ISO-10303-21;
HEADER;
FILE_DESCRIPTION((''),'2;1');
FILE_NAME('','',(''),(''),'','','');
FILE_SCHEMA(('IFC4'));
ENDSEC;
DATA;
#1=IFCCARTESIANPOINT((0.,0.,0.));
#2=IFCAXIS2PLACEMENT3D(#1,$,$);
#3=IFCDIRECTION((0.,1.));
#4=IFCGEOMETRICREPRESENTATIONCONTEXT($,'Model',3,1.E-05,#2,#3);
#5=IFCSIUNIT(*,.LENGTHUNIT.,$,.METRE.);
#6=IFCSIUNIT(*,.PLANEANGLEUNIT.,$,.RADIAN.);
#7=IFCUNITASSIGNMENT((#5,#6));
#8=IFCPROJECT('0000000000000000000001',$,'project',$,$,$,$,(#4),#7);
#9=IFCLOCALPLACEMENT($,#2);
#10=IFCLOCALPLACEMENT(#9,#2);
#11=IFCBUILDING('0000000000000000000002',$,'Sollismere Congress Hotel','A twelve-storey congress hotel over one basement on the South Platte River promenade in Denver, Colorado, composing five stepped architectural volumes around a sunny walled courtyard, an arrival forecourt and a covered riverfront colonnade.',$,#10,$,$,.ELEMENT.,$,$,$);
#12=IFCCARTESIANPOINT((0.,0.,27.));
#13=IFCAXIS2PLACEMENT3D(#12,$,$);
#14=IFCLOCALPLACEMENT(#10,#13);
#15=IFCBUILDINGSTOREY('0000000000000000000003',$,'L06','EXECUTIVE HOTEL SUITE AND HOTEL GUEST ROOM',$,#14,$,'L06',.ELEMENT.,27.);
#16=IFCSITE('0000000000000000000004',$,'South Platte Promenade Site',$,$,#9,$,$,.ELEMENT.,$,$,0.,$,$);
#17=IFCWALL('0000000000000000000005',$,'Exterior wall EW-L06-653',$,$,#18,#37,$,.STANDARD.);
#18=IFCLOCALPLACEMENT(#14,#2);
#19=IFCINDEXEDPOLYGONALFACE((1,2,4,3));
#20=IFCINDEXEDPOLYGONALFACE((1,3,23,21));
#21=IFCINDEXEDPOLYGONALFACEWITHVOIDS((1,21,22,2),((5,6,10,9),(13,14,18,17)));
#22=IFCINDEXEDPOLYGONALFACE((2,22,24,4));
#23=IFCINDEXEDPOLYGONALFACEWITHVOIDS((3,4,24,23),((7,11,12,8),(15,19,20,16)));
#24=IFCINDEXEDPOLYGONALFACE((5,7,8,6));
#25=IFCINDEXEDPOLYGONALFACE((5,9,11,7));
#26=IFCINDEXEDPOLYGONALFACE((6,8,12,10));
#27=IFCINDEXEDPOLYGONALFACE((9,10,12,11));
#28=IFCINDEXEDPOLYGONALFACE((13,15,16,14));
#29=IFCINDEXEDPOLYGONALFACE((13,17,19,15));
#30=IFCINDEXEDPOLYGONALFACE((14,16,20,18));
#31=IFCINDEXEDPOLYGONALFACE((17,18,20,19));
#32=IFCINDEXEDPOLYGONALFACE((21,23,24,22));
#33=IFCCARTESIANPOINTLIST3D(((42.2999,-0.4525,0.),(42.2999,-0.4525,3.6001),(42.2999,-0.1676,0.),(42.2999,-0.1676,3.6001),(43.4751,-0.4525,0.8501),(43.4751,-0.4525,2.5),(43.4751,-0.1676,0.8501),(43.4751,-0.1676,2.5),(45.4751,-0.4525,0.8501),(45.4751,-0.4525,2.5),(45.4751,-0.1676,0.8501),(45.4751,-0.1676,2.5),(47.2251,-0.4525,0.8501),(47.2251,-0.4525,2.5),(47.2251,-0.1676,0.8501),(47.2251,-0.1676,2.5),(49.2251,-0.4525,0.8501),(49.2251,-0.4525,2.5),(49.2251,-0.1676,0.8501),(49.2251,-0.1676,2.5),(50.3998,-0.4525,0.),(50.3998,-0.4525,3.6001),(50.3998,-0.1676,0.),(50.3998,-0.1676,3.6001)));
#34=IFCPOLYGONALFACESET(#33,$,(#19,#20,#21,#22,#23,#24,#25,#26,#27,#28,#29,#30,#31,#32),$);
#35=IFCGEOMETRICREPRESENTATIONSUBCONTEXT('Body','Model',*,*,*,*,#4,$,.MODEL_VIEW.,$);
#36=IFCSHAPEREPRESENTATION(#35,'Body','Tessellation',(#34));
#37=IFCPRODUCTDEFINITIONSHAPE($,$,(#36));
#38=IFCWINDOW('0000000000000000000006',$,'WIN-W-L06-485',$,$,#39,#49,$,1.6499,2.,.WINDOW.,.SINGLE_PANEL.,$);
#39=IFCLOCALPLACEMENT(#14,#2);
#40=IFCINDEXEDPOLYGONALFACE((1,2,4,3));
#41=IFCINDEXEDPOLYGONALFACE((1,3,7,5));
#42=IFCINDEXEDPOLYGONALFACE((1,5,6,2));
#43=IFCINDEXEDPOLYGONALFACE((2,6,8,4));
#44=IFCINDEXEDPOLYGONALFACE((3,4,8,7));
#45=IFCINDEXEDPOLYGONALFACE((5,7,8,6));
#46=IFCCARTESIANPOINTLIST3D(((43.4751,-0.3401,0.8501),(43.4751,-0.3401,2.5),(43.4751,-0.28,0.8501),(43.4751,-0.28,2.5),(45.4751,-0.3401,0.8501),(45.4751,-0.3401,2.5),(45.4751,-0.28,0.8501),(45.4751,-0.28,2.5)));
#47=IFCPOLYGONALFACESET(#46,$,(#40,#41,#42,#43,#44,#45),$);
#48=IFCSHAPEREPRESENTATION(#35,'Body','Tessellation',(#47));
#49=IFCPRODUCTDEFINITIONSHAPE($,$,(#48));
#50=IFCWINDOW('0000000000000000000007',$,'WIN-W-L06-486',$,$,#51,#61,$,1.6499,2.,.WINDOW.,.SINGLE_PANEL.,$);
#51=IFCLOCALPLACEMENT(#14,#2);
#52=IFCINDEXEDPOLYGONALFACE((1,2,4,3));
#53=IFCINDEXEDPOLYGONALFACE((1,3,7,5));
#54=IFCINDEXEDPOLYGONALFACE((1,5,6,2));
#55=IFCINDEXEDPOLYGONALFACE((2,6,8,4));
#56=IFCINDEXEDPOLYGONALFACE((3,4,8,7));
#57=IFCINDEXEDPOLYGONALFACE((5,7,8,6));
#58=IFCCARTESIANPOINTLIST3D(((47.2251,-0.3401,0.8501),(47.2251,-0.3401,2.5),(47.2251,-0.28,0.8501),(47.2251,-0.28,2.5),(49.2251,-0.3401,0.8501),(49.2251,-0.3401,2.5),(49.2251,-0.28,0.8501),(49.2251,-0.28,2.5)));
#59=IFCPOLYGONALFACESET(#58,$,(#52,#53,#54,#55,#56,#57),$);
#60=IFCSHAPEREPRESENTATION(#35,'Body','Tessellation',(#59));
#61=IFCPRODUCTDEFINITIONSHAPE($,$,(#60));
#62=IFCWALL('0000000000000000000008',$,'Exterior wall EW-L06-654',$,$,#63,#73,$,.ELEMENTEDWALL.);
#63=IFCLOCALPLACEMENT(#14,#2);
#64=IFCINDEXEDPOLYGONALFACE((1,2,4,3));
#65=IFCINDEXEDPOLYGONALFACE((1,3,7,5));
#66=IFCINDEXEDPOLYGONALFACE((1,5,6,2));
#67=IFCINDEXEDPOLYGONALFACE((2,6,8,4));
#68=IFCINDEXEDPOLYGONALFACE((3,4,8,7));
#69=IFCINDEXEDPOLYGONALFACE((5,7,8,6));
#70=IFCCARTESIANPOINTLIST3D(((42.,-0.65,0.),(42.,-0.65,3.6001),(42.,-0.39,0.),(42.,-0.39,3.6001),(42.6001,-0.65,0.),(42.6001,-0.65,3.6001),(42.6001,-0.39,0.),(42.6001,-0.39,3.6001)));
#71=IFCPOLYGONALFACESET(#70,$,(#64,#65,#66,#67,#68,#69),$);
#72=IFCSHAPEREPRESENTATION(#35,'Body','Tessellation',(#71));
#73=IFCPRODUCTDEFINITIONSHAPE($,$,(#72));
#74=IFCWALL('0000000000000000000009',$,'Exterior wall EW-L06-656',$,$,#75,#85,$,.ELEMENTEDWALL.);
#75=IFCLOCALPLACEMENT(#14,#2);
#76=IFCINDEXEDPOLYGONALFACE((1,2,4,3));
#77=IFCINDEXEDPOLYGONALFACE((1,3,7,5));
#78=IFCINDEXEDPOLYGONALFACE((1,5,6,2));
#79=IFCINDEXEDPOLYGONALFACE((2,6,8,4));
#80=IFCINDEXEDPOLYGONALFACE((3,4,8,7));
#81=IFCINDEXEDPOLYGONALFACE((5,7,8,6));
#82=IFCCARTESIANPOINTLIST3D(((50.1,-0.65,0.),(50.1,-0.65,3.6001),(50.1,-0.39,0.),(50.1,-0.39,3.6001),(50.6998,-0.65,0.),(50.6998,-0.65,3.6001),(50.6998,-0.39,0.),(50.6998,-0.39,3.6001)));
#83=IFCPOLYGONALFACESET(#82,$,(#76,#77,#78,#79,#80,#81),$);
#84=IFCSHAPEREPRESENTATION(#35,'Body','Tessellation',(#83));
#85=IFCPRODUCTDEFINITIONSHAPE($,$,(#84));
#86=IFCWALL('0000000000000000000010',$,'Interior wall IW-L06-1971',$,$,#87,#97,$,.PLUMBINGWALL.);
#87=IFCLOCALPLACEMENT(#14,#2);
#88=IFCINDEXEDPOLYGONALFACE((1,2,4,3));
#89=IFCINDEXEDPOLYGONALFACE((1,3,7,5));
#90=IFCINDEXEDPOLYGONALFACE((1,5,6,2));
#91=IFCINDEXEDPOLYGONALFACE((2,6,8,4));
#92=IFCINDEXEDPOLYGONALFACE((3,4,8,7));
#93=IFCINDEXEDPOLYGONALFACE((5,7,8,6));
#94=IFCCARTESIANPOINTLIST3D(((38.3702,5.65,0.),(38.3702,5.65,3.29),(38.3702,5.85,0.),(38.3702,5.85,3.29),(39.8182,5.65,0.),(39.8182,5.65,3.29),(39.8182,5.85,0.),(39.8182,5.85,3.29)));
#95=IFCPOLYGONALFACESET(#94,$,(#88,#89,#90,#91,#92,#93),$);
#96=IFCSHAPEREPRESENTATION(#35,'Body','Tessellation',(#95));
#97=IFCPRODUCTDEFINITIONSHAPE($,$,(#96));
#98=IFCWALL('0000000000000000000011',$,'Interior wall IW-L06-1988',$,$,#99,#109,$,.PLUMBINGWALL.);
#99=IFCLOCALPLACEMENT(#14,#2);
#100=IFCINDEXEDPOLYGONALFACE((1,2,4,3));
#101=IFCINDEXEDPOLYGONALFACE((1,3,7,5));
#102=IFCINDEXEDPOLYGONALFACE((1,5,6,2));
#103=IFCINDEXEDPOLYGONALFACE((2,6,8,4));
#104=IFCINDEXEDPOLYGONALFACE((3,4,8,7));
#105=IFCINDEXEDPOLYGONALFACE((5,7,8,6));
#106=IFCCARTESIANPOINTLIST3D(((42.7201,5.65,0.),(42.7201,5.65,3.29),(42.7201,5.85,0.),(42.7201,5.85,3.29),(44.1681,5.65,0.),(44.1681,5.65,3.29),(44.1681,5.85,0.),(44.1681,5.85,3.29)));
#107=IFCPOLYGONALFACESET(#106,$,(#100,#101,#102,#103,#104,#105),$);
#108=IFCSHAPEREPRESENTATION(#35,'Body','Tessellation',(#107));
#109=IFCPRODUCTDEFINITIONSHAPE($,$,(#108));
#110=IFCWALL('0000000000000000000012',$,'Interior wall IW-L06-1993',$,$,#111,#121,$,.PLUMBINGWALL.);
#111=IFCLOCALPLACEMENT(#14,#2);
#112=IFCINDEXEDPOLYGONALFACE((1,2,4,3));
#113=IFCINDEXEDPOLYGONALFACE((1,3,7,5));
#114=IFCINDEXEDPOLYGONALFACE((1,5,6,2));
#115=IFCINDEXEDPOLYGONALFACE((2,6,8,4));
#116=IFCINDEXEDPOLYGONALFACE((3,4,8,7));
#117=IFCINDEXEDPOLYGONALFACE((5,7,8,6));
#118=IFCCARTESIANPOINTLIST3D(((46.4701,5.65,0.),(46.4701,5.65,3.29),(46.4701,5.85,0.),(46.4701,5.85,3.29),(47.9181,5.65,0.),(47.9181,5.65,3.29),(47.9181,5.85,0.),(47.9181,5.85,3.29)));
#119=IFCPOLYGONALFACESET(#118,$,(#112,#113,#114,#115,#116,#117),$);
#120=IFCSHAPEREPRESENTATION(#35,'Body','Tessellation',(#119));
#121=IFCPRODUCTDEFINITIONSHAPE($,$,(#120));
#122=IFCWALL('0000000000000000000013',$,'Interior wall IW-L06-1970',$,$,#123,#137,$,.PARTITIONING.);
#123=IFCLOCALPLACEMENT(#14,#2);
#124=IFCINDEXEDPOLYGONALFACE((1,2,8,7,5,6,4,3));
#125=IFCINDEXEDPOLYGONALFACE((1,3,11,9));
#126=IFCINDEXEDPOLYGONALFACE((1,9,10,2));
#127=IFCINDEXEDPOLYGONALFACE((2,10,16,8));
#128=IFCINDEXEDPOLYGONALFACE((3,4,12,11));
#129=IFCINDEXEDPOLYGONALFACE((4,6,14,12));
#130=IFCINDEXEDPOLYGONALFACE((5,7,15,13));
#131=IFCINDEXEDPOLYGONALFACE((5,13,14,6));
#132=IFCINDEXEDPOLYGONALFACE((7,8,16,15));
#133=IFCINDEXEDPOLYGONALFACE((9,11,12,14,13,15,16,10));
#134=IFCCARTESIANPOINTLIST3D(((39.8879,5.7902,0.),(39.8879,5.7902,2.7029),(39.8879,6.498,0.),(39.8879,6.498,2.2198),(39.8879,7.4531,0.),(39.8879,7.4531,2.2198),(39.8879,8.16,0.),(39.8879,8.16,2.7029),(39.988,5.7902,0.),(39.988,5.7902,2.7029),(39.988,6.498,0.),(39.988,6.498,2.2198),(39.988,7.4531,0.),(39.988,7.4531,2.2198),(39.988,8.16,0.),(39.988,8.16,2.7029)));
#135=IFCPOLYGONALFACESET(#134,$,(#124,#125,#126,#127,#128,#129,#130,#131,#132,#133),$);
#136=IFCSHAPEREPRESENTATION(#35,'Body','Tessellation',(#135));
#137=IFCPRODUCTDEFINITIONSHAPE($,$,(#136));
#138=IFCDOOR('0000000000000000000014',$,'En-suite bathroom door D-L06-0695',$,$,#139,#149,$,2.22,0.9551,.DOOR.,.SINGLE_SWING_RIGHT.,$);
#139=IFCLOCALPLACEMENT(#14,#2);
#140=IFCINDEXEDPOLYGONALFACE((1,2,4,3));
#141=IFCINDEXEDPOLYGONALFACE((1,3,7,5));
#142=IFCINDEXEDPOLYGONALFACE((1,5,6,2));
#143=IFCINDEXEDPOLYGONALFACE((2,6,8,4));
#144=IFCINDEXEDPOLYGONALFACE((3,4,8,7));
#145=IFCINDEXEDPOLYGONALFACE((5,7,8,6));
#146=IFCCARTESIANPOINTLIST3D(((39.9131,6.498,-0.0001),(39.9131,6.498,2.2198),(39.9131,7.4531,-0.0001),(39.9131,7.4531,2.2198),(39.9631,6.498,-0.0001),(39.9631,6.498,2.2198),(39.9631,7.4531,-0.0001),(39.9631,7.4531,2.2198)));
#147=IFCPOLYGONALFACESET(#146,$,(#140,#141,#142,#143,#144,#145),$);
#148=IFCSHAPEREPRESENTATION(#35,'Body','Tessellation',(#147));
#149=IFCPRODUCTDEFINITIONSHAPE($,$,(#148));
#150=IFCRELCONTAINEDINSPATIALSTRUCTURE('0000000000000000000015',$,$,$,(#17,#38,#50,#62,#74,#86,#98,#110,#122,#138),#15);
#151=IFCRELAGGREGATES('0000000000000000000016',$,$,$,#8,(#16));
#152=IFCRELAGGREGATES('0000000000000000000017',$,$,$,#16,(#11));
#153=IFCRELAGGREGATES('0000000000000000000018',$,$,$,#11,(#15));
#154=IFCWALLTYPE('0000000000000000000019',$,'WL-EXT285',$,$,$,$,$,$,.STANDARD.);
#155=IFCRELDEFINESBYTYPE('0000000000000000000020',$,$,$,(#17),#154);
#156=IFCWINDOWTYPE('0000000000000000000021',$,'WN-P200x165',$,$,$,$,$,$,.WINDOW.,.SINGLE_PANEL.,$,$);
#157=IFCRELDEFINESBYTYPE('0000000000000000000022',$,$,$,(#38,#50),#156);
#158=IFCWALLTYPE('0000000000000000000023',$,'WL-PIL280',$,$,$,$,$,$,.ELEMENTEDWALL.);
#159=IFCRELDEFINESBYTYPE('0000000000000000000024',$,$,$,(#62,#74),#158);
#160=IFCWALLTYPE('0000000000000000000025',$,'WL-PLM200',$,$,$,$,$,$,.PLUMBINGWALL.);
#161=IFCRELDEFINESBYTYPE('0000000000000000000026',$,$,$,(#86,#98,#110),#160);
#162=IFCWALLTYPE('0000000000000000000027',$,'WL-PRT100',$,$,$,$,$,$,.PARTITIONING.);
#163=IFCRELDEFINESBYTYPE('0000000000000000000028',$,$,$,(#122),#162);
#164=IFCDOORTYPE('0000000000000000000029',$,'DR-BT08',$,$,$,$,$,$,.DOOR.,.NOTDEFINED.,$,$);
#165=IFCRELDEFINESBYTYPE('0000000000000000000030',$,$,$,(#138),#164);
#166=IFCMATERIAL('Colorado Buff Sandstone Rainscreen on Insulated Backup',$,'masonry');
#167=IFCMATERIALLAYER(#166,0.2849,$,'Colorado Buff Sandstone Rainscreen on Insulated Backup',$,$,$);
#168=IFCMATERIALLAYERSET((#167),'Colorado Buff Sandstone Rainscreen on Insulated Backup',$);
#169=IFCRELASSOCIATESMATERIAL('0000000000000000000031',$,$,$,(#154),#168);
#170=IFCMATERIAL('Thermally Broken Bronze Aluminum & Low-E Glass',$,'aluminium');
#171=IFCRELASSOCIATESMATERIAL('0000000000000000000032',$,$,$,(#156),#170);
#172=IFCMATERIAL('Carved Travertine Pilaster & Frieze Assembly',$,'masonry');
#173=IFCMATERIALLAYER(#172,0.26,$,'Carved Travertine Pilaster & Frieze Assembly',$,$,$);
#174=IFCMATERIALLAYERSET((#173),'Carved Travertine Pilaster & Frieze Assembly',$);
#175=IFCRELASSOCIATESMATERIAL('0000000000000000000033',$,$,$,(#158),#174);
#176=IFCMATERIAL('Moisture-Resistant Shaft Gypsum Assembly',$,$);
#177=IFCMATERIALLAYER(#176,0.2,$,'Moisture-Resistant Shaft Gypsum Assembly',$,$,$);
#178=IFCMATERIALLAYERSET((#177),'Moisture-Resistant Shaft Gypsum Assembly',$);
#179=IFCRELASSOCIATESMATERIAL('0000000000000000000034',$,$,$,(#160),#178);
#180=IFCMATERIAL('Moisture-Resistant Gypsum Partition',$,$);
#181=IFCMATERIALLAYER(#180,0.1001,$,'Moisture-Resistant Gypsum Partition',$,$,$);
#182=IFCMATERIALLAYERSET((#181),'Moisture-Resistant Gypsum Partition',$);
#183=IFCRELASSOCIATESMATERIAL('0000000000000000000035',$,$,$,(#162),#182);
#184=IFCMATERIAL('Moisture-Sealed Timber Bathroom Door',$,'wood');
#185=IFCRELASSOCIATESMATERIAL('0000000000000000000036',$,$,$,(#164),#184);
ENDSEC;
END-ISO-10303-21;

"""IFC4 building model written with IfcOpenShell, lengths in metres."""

from ifc_helpers import new_model, si_unit, direction, frame, frame_2d, origin, place, context, subcontext, project, spatial, rectangle, extrude, material, layer, layer_set, type_object, element, fill, save


model = new_model("IFC4")

# Units and contexts
model_context = context("Model", 3, precision=1e-05, world=origin(), true_north=direction((0.0, 1.0)))
body_context = subcontext(model_context, "Body", "Model", "MODEL_VIEW")
ifc_project = project(units=[si_unit("LENGTHUNIT", "METRE"), si_unit("PLANEANGLEUNIT", "RADIAN")], contexts=[model_context])

# Site, building, storey
site_placement = place(None, origin())
site = spatial("IfcSite", under=ifc_project, at=site_placement, Name="South Platte Promenade Site", CompositionType="ELEMENT", RefElevation=0.0)
building_placement = place(site_placement, origin())
building = spatial("IfcBuilding", under=site, at=building_placement, Name="Sollismere Congress Hotel", Description="A twelve-storey congress hotel over one basement on the South Platte River promenade in Denver, Colorado, composing five stepped architectural volumes around a sunny walled courtyard, an arrival forecourt and a covered riverfront colonnade.", CompositionType="ELEMENT")
storey_placement = place(building_placement, frame((0.0, 0.0, 27.0)))
storey = spatial("IfcBuildingStorey", under=building, at=storey_placement, Name="L06", Description="EXECUTIVE HOTEL SUITE AND HOTEL GUEST ROOM", LongName="L06", CompositionType="ELEMENT", Elevation=27.0)

# Wall, openings, windows
ifc_material_1 = material(Name="Colorado Buff Sandstone Rainscreen on Insulated Backup", Category="masonry")
ifc_layer_1 = layer(ifc_material_1, 0.2849, Name="Colorado Buff Sandstone Rainscreen on Insulated Backup")
ifc_layer_set_1 = layer_set([ifc_layer_1], Name="Colorado Buff Sandstone Rainscreen on Insulated Backup")
wall_type_1 = type_object("IfcWallType", Name="WL-EXT285", PredefinedType="STANDARD", material=ifc_layer_set_1)
wall_1_placement = place(storey_placement, frame((42.3, -0.3101, 0.0), z_axis=(0.0, 0.0, 1.0), x_axis=(1.0, 0.0, 0.0)))
wall_1 = element("IfcWall", 1, at=wall_1_placement, inside=storey, type_object=wall_type_1, Name="Exterior wall EW-L06-653", PredefinedType="STANDARD", context=body_context, shape_type="SweptSolid", body=[
    extrude(rectangle(XDim=8.0999, YDim=0.2849, at=frame_2d((4.0498, 0.0))), origin(), (0.0, 0.0, 1.0), 3.6001),
])
opening_1_placement = place(wall_1_placement, frame((1.175, 0.0, 0.8501)))
opening_1 = element("IfcOpeningElement", 2, at=opening_1_placement, cuts=wall_1, PredefinedType="OPENING", context=body_context, shape_type="SweptSolid", body=[
    extrude(rectangle(XDim=2.0, YDim=1.6499, at=frame_2d((1.0, 0.825))), frame((0.0, 0.1523, 0.0), z_axis=(0.0, -1.0, 0.0), x_axis=(1.0, 0.0, 0.0)), (0.0, 0.0, 1.0), 0.3049),
])
opening_2_placement = place(wall_1_placement, frame((4.925, 0.0, 0.8501)))
opening_2 = element("IfcOpeningElement", 3, at=opening_2_placement, cuts=wall_1, PredefinedType="OPENING", context=body_context, shape_type="SweptSolid", body=[
    extrude(rectangle(XDim=2.0, YDim=1.6499, at=frame_2d((1.0, 0.825))), frame((0.0, 0.1523, 0.0), z_axis=(0.0, -1.0, 0.0), x_axis=(1.0, 0.0, 0.0)), (0.0, 0.0, 1.0), 0.3049),
])
ifc_material_2 = material(Name="Thermally Broken Bronze Aluminum & Low-E Glass", Category="aluminium")
window_type = type_object("IfcWindowType", Name="WN-P200x165", PartitioningType="SINGLE_PANEL", PredefinedType="WINDOW", material=ifc_material_2)
window_1_placement = place(opening_1_placement, origin())
window_1 = element("IfcWindow", 4, at=window_1_placement, inside=storey, type_object=window_type, Name="WIN-W-L06-485", OverallHeight=1.6499, OverallWidth=2.0, PartitioningType="SINGLE_PANEL", PredefinedType="WINDOW", context=body_context, shape_type="SweptSolid", body=[
    extrude(rectangle(XDim=2.0, YDim=1.6499, at=frame_2d((1.0, 0.825))), frame((0.0, 0.03, 0.0), z_axis=(0.0, -1.0, 0.0), x_axis=(1.0, 0.0, 0.0)), (0.0, 0.0, 1.0), 0.0601),
])
fill(opening_1, window_1)
window_2_placement = place(opening_2_placement, origin())
window_2 = element("IfcWindow", 5, at=window_2_placement, inside=storey, type_object=window_type, Name="WIN-W-L06-486", OverallHeight=1.6499, OverallWidth=2.0, PartitioningType="SINGLE_PANEL", PredefinedType="WINDOW", context=body_context, shape_type="SweptSolid", body=[
    extrude(rectangle(XDim=2.0, YDim=1.6499, at=frame_2d((1.0, 0.825))), frame((0.0, 0.03, 0.0), z_axis=(0.0, -1.0, 0.0), x_axis=(1.0, 0.0, 0.0)), (0.0, 0.0, 1.0), 0.0601),
])
fill(opening_2, window_2)

# Walls
ifc_material_3 = material(Name="Carved Travertine Pilaster & Frieze Assembly", Category="masonry")
ifc_layer_2 = layer(ifc_material_3, 0.26, Name="Carved Travertine Pilaster & Frieze Assembly")
ifc_layer_set_2 = layer_set([ifc_layer_2], Name="Carved Travertine Pilaster & Frieze Assembly")
wall_type_2 = type_object("IfcWallType", Name="WL-PIL280", PredefinedType="ELEMENTEDWALL", material=ifc_layer_set_2)
wall_2_placement = place(storey_placement, frame((42.0, -0.52, 0.0), z_axis=(0.0, 0.0, 1.0), x_axis=(1.0, 0.0, 0.0)))
element("IfcWall", 6, at=wall_2_placement, inside=storey, type_object=wall_type_2, Name="Exterior wall EW-L06-654", PredefinedType="ELEMENTEDWALL", context=body_context, shape_type="SweptSolid", body=[
    extrude(rectangle(XDim=0.6001, YDim=0.26, at=frame_2d((0.3, 0.0))), origin(), (0.0, 0.0, 1.0), 3.6001),
])
wall_3_placement = place(storey_placement, frame((50.1001, -0.52, 0.0), z_axis=(0.0, 0.0, 1.0), x_axis=(1.0, 0.0, 0.0)))
element("IfcWall", 7, at=wall_3_placement, inside=storey, type_object=wall_type_2, Name="Exterior wall EW-L06-656", PredefinedType="ELEMENTEDWALL", context=body_context, shape_type="SweptSolid", body=[
    extrude(rectangle(XDim=0.5999, YDim=0.26, at=frame_2d((0.2998, 0.0))), origin(), (0.0, 0.0, 1.0), 3.6001),
])
ifc_material_4 = material(Name="Moisture-Resistant Shaft Gypsum Assembly")
ifc_layer_3 = layer(ifc_material_4, 0.2, Name="Moisture-Resistant Shaft Gypsum Assembly")
ifc_layer_set_3 = layer_set([ifc_layer_3], Name="Moisture-Resistant Shaft Gypsum Assembly")
wall_type_3 = type_object("IfcWallType", Name="WL-PLM200", PredefinedType="PLUMBINGWALL", material=ifc_layer_set_3)
for number, where, z_axis, x_axis, name in (
    (8, (38.3701, 5.75, 0.0), (0.0, 0.0, 1.0), (1.0, 0.0, 0.0), "Interior wall IW-L06-1971"),
    (9, (42.72, 5.75, 0.0), (0.0, 0.0, 1.0), (1.0, 0.0, 0.0), "Interior wall IW-L06-1988"),
    (10, (46.47, 5.75, 0.0), (0.0, 0.0, 1.0), (1.0, 0.0, 0.0), "Interior wall IW-L06-1993"),
):
    element("IfcWall", number, at=place(storey_placement, frame(where, z_axis=z_axis, x_axis=x_axis)), inside=storey, type_object=wall_type_3, Name=name, PredefinedType="PLUMBINGWALL", context=body_context, shape_type="SweptSolid", body=[
        extrude(rectangle(XDim=1.448, YDim=0.2, at=frame_2d((0.7241, 0.0))), origin(), (0.0, 0.0, 1.0), 3.29),
    ])

# Wall, opening, door
ifc_material_5 = material(Name="Moisture-Resistant Gypsum Partition")
ifc_layer_4 = layer(ifc_material_5, 0.1001, Name="Moisture-Resistant Gypsum Partition")
ifc_layer_set_4 = layer_set([ifc_layer_4], Name="Moisture-Resistant Gypsum Partition")
wall_type_4 = type_object("IfcWallType", Name="WL-PRT100", PredefinedType="PARTITIONING", material=ifc_layer_set_4)
wall_4_placement = place(storey_placement, frame((39.938, 5.79, 0.0), z_axis=(0.0, 0.0, 1.0), x_axis=(0.0, 1.0, 0.0)))
wall_4 = element("IfcWall", 11, at=wall_4_placement, inside=storey, type_object=wall_type_4, Name="Interior wall IW-L06-1970", PredefinedType="PARTITIONING", context=body_context, shape_type="SweptSolid", body=[
    extrude(rectangle(XDim=2.3699, YDim=0.1001, at=frame_2d((1.1851, 0.0))), origin(), (0.0, 0.0, 1.0), 2.7029),
])
opening_3_placement = place(wall_4_placement, frame((0.708, 0.0, 0.0)))
opening_3 = element("IfcOpeningElement", 12, at=opening_3_placement, cuts=wall_4, PredefinedType="OPENING", context=body_context, shape_type="SweptSolid", body=[
    extrude(rectangle(XDim=0.9551, YDim=2.22, at=frame_2d((0.4775, 1.1099))), frame((0.0, 0.0601, 0.0), z_axis=(0.0, -1.0, 0.0), x_axis=(1.0, 0.0, 0.0)), (0.0, 0.0, 1.0), 0.1201),
])
ifc_material_6 = material(Name="Moisture-Sealed Timber Bathroom Door", Category="wood")
door_type_1 = type_object("IfcDoorType", Name="DR-BT08", OperationType="NOTDEFINED", PredefinedType="DOOR", material=ifc_material_6)
door_1_placement = place(opening_3_placement, origin())
door_1 = element("IfcDoor", 13, at=door_1_placement, inside=storey, type_object=door_type_1, Name="En-suite bathroom door D-L06-0695", OperationType="SINGLE_SWING_RIGHT", OverallHeight=2.22, OverallWidth=0.9551, PredefinedType="DOOR", context=body_context, shape_type="SweptSolid", body=[
    extrude(rectangle(XDim=0.9551, YDim=2.22, at=frame_2d((0.4775, 1.1099))), frame((0.0, 0.0249, 0.0), z_axis=(0.0, -1.0, 0.0), x_axis=(1.0, 0.0, 0.0)), (0.0, 0.0, 1.0), 0.05),
])
fill(opening_3, door_1)

save(model, "model.ifc")
